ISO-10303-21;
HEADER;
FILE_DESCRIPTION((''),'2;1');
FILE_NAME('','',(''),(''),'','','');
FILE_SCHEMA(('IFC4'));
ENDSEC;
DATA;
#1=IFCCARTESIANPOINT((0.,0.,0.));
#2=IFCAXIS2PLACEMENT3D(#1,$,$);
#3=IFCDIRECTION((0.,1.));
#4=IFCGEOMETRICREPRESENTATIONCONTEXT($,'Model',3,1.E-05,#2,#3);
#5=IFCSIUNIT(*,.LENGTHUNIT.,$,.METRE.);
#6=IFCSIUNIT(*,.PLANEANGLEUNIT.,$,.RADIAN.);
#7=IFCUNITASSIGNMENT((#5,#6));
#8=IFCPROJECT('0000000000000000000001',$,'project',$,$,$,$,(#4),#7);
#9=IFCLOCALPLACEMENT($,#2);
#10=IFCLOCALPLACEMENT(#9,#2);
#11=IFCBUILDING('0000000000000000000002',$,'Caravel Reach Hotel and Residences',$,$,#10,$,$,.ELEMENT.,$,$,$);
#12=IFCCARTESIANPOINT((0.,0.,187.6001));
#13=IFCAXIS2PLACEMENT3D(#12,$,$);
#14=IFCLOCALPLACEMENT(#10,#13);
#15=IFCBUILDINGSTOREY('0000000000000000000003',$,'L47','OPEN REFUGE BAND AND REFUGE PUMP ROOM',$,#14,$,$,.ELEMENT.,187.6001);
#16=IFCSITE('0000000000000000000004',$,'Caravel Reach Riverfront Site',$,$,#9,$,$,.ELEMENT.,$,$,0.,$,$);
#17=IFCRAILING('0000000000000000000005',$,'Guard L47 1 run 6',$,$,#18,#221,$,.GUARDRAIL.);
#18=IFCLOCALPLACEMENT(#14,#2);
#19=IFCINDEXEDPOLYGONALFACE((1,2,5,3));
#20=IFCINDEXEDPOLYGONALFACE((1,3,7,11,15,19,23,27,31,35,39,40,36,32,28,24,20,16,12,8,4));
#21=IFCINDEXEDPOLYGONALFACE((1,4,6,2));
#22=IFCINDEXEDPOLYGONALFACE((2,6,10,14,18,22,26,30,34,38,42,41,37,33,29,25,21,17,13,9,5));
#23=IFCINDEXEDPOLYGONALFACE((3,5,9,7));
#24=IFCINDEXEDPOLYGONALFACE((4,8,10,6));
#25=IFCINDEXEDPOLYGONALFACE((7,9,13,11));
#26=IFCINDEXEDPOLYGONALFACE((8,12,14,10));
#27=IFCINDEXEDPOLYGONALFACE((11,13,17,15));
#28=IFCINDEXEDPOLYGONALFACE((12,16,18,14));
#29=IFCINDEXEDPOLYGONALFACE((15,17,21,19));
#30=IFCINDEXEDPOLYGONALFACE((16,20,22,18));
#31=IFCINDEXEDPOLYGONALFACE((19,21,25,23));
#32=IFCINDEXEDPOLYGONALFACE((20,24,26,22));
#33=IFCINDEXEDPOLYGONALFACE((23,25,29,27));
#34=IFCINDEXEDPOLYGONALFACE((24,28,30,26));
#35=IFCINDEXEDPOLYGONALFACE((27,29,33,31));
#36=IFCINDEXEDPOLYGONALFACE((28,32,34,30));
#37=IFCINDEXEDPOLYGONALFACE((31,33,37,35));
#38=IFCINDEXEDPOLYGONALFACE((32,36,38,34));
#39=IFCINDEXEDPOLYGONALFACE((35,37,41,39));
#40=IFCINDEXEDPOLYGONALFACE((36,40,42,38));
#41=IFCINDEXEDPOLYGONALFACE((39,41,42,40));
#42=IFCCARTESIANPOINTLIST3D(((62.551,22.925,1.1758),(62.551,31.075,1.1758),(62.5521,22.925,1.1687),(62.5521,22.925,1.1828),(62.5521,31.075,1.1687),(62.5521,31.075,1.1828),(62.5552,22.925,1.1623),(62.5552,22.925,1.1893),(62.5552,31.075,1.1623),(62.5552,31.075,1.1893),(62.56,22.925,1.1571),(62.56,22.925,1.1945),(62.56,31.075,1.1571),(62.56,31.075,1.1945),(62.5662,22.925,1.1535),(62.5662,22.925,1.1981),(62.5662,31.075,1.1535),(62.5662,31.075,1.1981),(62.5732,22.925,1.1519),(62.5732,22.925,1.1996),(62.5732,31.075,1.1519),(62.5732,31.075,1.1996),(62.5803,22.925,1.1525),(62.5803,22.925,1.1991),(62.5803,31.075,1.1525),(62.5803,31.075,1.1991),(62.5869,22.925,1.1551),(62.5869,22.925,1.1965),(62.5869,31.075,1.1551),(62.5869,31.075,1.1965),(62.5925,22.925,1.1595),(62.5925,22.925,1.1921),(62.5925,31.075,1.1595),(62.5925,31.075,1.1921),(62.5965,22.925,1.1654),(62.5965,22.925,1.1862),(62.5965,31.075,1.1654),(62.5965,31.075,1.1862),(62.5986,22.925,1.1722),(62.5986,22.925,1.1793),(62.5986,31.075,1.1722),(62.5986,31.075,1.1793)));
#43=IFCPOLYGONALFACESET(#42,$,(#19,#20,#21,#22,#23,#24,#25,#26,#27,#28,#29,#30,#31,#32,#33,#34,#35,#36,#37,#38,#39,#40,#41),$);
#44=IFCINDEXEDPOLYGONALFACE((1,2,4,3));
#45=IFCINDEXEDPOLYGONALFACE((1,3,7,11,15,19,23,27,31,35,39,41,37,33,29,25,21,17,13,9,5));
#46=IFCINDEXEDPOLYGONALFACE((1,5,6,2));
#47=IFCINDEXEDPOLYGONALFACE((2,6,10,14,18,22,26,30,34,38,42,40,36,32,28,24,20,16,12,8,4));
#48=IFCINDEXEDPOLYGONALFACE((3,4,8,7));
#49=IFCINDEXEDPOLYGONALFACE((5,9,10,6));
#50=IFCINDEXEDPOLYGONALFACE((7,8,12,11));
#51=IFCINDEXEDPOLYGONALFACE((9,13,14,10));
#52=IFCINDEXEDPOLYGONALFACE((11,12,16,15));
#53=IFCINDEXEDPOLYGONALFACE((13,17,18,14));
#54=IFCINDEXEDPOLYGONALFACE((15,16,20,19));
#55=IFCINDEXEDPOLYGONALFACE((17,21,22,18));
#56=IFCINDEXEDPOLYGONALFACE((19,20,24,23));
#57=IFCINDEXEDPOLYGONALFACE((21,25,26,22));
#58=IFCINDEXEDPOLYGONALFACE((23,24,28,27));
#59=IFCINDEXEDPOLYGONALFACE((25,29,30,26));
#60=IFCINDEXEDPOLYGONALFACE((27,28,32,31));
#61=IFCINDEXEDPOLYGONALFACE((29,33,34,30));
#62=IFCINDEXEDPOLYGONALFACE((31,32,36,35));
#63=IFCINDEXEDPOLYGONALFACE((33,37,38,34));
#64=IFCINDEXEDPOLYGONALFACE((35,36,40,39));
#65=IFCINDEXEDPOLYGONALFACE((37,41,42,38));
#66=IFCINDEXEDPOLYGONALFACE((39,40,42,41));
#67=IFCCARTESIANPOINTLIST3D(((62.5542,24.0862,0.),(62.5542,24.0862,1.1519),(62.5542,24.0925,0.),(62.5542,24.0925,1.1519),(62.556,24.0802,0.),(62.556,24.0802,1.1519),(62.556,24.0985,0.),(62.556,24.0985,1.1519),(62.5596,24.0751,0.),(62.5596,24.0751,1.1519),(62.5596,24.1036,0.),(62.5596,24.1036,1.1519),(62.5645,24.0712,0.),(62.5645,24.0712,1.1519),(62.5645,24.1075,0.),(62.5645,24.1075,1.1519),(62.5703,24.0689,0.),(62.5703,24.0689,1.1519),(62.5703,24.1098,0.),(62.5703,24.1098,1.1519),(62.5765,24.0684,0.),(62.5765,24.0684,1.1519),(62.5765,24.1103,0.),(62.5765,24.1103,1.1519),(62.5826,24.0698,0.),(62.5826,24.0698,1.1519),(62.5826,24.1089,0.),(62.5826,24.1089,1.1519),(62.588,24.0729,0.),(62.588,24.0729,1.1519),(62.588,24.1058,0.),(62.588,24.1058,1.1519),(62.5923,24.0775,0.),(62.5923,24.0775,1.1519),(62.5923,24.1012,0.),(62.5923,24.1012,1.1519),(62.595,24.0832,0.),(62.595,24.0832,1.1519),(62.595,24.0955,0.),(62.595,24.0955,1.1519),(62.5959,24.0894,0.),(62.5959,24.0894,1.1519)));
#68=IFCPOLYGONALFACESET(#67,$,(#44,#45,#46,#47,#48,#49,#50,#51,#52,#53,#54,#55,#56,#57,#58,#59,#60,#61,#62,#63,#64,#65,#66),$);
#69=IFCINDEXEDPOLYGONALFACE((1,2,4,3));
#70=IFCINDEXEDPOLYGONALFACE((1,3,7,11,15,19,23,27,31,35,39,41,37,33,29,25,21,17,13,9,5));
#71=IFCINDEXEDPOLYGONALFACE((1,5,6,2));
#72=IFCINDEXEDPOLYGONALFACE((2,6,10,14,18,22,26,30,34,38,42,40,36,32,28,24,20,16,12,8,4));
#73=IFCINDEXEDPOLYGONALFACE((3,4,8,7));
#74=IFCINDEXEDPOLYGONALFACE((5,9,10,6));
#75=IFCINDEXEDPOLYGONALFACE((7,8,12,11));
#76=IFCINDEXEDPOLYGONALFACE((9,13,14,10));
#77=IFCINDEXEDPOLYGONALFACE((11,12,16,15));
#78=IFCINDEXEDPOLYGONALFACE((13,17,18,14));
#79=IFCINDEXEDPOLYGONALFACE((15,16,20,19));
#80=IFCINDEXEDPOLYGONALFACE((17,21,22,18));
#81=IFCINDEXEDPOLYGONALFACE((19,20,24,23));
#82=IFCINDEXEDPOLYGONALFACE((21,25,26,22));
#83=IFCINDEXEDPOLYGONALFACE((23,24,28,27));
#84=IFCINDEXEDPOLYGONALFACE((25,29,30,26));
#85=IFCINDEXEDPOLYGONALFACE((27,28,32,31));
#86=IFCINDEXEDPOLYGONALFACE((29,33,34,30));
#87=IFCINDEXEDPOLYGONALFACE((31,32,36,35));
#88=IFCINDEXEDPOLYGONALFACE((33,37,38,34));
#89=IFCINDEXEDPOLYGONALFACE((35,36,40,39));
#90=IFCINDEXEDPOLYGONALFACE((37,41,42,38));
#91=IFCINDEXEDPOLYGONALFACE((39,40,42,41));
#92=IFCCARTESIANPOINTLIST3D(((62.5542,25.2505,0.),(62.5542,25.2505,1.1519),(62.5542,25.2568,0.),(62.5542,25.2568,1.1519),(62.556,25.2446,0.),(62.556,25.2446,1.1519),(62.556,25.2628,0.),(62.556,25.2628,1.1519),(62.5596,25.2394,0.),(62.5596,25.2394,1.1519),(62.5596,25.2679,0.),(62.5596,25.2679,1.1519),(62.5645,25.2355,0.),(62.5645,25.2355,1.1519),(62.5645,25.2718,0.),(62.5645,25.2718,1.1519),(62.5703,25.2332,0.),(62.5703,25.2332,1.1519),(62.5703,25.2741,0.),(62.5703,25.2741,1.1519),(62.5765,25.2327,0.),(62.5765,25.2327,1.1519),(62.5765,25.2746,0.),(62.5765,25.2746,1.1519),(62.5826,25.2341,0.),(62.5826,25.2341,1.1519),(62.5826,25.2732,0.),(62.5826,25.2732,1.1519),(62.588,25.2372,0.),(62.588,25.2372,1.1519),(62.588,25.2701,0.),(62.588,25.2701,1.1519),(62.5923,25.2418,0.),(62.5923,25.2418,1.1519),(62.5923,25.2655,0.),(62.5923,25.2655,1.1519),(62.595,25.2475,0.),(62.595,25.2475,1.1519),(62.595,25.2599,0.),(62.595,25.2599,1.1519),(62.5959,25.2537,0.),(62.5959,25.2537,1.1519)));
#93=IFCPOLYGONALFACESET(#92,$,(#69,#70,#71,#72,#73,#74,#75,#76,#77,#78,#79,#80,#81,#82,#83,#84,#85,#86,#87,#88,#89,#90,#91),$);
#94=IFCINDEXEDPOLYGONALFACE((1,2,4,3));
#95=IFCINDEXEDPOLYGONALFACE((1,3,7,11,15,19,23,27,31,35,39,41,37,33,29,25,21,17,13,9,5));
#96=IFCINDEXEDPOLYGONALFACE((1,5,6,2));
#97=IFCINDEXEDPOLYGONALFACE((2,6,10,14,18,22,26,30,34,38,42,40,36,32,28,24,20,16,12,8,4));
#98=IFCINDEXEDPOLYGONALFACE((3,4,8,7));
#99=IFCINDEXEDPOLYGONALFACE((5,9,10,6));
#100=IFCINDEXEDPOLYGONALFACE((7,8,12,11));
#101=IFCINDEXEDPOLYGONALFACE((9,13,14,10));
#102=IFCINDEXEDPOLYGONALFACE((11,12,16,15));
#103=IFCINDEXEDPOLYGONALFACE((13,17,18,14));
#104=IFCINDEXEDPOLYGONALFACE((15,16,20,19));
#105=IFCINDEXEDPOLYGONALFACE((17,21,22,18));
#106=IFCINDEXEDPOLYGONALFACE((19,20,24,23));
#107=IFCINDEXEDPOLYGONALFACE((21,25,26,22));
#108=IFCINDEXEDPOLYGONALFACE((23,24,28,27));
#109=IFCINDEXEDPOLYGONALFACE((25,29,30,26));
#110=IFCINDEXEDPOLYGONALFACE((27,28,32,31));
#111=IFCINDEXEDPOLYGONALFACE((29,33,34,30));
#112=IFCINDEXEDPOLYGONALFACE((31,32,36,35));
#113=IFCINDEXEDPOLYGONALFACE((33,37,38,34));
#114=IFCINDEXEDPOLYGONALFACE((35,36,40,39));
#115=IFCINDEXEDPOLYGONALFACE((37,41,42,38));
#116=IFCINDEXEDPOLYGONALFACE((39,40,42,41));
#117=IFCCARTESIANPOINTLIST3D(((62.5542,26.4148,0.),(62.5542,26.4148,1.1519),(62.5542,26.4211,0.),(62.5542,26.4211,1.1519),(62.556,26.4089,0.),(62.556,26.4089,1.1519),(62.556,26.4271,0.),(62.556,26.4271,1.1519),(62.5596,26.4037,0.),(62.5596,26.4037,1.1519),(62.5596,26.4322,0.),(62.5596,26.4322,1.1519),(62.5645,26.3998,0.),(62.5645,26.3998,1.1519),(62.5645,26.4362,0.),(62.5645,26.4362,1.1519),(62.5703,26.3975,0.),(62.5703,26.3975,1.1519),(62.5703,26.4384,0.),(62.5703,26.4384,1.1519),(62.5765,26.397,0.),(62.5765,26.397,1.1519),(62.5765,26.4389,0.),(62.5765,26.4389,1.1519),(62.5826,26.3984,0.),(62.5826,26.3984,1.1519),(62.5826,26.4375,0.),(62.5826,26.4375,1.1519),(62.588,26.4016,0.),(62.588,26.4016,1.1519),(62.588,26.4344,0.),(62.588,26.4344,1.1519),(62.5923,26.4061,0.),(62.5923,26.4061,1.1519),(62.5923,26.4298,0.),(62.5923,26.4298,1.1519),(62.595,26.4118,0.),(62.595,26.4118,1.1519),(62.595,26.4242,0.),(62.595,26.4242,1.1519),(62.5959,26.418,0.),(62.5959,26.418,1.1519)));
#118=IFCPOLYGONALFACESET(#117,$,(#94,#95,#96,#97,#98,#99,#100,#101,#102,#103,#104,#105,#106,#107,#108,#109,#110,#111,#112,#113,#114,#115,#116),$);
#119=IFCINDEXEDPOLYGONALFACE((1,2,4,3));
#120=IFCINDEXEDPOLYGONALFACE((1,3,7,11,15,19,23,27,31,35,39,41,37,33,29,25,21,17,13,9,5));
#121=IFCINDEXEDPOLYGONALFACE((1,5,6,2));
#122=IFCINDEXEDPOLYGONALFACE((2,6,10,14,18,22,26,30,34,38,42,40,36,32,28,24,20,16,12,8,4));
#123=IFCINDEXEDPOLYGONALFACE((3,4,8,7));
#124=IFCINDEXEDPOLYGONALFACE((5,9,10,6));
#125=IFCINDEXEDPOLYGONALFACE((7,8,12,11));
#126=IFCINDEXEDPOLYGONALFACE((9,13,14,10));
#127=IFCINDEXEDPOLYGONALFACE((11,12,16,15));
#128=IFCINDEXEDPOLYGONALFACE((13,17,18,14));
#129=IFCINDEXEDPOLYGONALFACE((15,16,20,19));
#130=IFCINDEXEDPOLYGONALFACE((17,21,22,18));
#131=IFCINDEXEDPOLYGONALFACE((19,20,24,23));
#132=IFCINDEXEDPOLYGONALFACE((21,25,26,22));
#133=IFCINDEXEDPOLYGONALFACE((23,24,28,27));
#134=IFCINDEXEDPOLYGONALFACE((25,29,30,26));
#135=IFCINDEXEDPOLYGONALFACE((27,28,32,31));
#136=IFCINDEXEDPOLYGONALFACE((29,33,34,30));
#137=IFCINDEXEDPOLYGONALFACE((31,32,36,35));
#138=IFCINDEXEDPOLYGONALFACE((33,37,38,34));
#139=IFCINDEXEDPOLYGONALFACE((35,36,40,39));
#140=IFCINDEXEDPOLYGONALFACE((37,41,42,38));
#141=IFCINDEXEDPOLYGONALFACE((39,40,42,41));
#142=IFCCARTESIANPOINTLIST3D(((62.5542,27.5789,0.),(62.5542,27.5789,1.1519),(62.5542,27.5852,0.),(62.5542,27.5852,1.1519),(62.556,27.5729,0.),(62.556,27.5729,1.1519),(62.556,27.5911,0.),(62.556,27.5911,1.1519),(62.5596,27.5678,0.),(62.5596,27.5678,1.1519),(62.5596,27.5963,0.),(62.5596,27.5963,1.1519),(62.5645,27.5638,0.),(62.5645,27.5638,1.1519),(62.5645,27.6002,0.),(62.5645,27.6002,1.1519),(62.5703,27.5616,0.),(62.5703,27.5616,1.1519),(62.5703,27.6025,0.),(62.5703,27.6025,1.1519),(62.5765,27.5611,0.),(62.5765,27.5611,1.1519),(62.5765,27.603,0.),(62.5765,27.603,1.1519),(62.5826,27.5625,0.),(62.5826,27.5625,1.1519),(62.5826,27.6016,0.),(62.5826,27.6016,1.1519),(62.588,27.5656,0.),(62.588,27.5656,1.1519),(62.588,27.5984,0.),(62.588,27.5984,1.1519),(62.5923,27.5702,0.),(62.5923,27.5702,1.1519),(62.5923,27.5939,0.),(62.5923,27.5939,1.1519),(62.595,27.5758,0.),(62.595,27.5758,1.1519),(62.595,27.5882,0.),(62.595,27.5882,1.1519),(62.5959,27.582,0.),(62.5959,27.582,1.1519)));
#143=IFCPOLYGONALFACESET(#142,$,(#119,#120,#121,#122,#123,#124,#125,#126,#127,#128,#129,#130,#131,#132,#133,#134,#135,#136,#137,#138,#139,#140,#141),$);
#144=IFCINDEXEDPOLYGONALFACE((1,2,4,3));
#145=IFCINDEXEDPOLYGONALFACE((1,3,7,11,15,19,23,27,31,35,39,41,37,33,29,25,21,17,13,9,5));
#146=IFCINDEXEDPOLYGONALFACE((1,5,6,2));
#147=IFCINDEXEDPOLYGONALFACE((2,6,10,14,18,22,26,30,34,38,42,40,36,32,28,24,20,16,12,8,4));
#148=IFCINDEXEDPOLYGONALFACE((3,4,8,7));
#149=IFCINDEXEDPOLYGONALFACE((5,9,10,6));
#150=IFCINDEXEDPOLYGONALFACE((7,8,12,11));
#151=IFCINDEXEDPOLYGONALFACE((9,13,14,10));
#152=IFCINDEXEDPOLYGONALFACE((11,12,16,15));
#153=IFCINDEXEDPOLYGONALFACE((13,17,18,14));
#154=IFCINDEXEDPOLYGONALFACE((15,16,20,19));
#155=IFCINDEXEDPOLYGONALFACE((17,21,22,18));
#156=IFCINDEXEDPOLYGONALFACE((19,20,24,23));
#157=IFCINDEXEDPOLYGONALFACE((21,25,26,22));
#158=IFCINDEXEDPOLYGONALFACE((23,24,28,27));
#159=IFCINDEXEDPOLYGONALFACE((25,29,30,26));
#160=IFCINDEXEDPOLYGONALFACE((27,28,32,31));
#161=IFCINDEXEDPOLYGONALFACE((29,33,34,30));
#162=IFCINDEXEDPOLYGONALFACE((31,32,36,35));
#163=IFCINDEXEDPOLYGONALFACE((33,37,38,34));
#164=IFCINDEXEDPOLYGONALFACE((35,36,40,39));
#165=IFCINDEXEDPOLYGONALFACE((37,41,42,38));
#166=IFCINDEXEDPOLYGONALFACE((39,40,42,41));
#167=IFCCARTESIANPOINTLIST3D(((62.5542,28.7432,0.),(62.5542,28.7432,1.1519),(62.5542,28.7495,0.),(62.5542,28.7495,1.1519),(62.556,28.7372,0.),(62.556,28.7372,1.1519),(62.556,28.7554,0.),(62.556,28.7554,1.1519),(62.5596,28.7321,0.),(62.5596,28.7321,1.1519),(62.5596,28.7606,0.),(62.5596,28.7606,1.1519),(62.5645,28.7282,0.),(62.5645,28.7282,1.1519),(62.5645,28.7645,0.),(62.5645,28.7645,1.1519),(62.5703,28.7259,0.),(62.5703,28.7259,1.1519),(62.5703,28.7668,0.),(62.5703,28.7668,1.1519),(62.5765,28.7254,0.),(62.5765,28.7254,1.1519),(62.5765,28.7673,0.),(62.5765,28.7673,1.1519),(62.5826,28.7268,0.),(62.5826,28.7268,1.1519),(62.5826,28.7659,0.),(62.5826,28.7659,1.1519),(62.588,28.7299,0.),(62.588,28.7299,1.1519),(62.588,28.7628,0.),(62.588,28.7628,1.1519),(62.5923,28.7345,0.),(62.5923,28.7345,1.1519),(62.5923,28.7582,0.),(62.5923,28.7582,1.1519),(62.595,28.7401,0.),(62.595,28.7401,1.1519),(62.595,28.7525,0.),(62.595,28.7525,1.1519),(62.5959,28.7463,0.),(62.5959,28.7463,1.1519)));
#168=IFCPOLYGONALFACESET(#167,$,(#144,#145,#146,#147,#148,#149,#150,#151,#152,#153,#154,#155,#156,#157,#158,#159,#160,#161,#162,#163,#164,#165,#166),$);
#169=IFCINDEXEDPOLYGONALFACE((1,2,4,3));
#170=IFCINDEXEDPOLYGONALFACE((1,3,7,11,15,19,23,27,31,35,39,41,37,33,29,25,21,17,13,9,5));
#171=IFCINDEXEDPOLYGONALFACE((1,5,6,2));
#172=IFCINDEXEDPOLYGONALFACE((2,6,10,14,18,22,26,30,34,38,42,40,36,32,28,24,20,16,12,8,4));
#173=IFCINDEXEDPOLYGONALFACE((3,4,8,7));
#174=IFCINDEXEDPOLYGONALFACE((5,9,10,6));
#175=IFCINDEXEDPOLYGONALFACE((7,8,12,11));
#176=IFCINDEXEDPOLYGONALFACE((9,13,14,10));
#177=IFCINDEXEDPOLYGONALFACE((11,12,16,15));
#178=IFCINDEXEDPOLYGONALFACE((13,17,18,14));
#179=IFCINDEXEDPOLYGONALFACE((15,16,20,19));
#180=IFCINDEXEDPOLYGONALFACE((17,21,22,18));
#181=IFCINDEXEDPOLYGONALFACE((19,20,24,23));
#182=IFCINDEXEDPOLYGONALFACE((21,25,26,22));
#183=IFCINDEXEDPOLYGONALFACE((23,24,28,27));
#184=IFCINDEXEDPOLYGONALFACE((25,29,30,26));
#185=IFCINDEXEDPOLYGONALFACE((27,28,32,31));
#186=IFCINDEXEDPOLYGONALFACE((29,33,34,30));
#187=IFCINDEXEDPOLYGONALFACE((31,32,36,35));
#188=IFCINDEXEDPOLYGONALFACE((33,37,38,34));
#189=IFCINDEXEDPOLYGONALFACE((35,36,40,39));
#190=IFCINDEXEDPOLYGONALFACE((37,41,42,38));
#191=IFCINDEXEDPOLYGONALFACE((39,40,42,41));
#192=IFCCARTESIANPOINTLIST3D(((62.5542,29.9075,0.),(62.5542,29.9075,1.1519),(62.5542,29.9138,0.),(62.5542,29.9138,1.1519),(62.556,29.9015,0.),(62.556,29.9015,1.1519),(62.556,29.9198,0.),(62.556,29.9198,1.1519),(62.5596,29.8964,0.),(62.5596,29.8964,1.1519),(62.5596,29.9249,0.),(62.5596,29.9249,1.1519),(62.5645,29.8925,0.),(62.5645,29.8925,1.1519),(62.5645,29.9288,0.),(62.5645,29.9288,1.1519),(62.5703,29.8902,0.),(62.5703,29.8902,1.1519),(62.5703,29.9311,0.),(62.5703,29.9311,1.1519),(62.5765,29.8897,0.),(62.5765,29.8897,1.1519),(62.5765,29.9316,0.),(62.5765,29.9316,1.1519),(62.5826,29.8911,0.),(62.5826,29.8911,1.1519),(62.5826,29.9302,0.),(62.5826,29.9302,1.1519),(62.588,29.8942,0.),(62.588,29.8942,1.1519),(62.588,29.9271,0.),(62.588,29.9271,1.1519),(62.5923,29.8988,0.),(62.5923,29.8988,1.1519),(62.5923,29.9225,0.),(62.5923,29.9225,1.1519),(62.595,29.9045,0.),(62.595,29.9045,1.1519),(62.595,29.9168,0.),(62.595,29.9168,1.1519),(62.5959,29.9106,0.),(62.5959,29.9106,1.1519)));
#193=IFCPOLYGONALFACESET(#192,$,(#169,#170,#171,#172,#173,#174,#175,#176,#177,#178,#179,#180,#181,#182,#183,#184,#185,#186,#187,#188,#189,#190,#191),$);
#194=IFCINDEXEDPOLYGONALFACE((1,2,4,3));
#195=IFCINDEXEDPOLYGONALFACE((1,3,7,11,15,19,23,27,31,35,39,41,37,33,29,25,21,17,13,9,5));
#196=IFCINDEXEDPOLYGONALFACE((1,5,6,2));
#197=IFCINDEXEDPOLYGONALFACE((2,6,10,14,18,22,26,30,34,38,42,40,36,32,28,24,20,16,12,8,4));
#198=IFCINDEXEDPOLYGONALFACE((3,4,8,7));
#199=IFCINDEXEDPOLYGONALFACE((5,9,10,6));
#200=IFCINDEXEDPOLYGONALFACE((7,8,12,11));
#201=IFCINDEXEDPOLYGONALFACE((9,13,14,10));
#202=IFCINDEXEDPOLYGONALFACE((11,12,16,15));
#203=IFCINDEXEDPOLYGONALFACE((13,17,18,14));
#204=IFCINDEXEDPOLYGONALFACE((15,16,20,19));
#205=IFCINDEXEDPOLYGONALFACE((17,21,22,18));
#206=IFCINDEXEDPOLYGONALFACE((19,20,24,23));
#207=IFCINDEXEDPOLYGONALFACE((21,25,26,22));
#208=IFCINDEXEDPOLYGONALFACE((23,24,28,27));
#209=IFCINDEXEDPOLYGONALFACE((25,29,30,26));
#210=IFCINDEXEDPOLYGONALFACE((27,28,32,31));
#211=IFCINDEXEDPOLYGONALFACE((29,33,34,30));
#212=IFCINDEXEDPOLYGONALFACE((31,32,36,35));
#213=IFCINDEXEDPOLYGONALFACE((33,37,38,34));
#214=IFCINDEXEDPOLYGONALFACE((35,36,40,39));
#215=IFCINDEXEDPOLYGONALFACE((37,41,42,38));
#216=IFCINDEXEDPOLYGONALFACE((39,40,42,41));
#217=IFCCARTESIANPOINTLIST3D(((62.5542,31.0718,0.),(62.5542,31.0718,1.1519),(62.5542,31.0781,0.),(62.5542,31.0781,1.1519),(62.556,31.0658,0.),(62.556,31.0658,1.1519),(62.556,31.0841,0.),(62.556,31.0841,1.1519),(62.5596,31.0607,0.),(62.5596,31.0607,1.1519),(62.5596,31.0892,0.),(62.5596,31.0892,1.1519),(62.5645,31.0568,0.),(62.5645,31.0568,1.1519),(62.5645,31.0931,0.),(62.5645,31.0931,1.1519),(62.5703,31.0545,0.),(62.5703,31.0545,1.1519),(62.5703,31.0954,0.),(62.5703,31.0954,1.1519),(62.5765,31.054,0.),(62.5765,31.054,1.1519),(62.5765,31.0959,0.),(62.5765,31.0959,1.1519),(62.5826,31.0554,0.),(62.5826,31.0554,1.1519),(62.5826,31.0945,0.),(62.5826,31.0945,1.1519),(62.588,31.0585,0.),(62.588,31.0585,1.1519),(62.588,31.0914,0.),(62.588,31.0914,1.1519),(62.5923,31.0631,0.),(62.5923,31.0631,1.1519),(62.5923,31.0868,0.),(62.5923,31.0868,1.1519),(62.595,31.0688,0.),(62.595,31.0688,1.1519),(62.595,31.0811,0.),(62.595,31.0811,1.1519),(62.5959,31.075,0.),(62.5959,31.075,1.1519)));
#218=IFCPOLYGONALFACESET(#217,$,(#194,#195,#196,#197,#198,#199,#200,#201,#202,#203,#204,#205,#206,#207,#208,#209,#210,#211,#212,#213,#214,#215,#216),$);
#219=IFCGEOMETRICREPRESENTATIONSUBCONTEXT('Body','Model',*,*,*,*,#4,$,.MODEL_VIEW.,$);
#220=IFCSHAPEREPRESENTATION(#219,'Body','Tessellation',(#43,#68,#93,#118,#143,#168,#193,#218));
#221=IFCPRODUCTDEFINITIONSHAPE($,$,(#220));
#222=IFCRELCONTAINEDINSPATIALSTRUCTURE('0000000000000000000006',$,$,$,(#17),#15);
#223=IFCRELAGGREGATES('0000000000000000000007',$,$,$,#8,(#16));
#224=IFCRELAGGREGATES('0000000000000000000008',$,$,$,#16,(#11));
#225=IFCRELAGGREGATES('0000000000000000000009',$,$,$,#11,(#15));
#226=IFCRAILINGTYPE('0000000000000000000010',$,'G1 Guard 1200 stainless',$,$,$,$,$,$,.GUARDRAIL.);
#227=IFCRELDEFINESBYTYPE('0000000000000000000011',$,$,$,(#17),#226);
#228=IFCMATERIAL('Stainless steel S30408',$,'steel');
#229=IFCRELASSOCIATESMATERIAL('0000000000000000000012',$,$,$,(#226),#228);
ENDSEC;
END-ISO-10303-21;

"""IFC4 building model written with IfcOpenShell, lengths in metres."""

from ifc_helpers import new_model, si_unit, direction, frame, origin, origin_2d, place, context, subcontext, project, spatial, circle, extrude, material, type_object, element, save


model = new_model("IFC4")

# Units and contexts
model_context = context("Model", 3, precision=1e-05, world=origin(), true_north=direction((0.0, 1.0)))
body_context = subcontext(model_context, "Body", "Model", "MODEL_VIEW")
ifc_project = project(units=[si_unit("LENGTHUNIT", "METRE"), si_unit("PLANEANGLEUNIT", "RADIAN")], contexts=[model_context])

# Site, building, storey
site_placement = place(None, origin())
site = spatial("IfcSite", under=ifc_project, at=site_placement, Name="Caravel Reach Riverfront Site", CompositionType="ELEMENT", RefElevation=0.0)
building_placement = place(site_placement, origin())
building = spatial("IfcBuilding", under=site, at=building_placement, Name="Caravel Reach Hotel and Residences", CompositionType="ELEMENT")
storey_placement = place(building_placement, frame((0.0, 0.0, 187.6001)))
storey = spatial("IfcBuildingStorey", under=building, at=storey_placement, Name="L47", Description="OPEN REFUGE BAND AND REFUGE PUMP ROOM", CompositionType="ELEMENT", Elevation=187.6001)

# Railing
ifc_material_1 = material(Name="Stainless steel S30408", Category="steel")
railing_type = type_object("IfcRailingType", Name="G1 Guard 1200 stainless", PredefinedType="GUARDRAIL", material=ifc_material_1)
railing_1_placement = place(storey_placement, frame((62.575, 22.925, 0.0)))
element("IfcRailing", 1, at=railing_1_placement, inside=storey, type_object=railing_type, Name="Guard L47 1 run 6", PredefinedType="GUARDRAIL", context=body_context, shape_type="SweptSolid", body=[
    extrude(circle(Radius=0.0239, at=origin_2d()), frame((0.0, 0.0, 1.1758), z_axis=(0.0, 1.0, 0.0), x_axis=(-1.0, 0.0, 0.0)), (0.0, 0.0, 1.0), 8.1499),
    extrude(circle(Radius=0.021, at=origin_2d()), frame((0.0, 1.1643, 0.0)), (0.0, 0.0, 1.0), 1.1519),
    extrude(circle(Radius=0.021, at=origin_2d()), frame((0.0, 2.3286, 0.0)), (0.0, 0.0, 1.0), 1.1519),
    extrude(circle(Radius=0.021, at=origin_2d()), frame((0.0, 3.4929, 0.0)), (0.0, 0.0, 1.0), 1.1519),
    extrude(circle(Radius=0.021, at=origin_2d()), frame((0.0, 4.657, 0.0)), (0.0, 0.0, 1.0), 1.1519),
    extrude(circle(Radius=0.021, at=origin_2d()), frame((0.0, 5.8213, 0.0)), (0.0, 0.0, 1.0), 1.1519),
    extrude(circle(Radius=0.021, at=origin_2d()), frame((0.0, 6.9856, 0.0)), (0.0, 0.0, 1.0), 1.1519),
    extrude(circle(Radius=0.021, at=origin_2d()), frame((0.0, 8.1499, 0.0)), (0.0, 0.0, 1.0), 1.1519),
])

save(model, "model.ifc")
